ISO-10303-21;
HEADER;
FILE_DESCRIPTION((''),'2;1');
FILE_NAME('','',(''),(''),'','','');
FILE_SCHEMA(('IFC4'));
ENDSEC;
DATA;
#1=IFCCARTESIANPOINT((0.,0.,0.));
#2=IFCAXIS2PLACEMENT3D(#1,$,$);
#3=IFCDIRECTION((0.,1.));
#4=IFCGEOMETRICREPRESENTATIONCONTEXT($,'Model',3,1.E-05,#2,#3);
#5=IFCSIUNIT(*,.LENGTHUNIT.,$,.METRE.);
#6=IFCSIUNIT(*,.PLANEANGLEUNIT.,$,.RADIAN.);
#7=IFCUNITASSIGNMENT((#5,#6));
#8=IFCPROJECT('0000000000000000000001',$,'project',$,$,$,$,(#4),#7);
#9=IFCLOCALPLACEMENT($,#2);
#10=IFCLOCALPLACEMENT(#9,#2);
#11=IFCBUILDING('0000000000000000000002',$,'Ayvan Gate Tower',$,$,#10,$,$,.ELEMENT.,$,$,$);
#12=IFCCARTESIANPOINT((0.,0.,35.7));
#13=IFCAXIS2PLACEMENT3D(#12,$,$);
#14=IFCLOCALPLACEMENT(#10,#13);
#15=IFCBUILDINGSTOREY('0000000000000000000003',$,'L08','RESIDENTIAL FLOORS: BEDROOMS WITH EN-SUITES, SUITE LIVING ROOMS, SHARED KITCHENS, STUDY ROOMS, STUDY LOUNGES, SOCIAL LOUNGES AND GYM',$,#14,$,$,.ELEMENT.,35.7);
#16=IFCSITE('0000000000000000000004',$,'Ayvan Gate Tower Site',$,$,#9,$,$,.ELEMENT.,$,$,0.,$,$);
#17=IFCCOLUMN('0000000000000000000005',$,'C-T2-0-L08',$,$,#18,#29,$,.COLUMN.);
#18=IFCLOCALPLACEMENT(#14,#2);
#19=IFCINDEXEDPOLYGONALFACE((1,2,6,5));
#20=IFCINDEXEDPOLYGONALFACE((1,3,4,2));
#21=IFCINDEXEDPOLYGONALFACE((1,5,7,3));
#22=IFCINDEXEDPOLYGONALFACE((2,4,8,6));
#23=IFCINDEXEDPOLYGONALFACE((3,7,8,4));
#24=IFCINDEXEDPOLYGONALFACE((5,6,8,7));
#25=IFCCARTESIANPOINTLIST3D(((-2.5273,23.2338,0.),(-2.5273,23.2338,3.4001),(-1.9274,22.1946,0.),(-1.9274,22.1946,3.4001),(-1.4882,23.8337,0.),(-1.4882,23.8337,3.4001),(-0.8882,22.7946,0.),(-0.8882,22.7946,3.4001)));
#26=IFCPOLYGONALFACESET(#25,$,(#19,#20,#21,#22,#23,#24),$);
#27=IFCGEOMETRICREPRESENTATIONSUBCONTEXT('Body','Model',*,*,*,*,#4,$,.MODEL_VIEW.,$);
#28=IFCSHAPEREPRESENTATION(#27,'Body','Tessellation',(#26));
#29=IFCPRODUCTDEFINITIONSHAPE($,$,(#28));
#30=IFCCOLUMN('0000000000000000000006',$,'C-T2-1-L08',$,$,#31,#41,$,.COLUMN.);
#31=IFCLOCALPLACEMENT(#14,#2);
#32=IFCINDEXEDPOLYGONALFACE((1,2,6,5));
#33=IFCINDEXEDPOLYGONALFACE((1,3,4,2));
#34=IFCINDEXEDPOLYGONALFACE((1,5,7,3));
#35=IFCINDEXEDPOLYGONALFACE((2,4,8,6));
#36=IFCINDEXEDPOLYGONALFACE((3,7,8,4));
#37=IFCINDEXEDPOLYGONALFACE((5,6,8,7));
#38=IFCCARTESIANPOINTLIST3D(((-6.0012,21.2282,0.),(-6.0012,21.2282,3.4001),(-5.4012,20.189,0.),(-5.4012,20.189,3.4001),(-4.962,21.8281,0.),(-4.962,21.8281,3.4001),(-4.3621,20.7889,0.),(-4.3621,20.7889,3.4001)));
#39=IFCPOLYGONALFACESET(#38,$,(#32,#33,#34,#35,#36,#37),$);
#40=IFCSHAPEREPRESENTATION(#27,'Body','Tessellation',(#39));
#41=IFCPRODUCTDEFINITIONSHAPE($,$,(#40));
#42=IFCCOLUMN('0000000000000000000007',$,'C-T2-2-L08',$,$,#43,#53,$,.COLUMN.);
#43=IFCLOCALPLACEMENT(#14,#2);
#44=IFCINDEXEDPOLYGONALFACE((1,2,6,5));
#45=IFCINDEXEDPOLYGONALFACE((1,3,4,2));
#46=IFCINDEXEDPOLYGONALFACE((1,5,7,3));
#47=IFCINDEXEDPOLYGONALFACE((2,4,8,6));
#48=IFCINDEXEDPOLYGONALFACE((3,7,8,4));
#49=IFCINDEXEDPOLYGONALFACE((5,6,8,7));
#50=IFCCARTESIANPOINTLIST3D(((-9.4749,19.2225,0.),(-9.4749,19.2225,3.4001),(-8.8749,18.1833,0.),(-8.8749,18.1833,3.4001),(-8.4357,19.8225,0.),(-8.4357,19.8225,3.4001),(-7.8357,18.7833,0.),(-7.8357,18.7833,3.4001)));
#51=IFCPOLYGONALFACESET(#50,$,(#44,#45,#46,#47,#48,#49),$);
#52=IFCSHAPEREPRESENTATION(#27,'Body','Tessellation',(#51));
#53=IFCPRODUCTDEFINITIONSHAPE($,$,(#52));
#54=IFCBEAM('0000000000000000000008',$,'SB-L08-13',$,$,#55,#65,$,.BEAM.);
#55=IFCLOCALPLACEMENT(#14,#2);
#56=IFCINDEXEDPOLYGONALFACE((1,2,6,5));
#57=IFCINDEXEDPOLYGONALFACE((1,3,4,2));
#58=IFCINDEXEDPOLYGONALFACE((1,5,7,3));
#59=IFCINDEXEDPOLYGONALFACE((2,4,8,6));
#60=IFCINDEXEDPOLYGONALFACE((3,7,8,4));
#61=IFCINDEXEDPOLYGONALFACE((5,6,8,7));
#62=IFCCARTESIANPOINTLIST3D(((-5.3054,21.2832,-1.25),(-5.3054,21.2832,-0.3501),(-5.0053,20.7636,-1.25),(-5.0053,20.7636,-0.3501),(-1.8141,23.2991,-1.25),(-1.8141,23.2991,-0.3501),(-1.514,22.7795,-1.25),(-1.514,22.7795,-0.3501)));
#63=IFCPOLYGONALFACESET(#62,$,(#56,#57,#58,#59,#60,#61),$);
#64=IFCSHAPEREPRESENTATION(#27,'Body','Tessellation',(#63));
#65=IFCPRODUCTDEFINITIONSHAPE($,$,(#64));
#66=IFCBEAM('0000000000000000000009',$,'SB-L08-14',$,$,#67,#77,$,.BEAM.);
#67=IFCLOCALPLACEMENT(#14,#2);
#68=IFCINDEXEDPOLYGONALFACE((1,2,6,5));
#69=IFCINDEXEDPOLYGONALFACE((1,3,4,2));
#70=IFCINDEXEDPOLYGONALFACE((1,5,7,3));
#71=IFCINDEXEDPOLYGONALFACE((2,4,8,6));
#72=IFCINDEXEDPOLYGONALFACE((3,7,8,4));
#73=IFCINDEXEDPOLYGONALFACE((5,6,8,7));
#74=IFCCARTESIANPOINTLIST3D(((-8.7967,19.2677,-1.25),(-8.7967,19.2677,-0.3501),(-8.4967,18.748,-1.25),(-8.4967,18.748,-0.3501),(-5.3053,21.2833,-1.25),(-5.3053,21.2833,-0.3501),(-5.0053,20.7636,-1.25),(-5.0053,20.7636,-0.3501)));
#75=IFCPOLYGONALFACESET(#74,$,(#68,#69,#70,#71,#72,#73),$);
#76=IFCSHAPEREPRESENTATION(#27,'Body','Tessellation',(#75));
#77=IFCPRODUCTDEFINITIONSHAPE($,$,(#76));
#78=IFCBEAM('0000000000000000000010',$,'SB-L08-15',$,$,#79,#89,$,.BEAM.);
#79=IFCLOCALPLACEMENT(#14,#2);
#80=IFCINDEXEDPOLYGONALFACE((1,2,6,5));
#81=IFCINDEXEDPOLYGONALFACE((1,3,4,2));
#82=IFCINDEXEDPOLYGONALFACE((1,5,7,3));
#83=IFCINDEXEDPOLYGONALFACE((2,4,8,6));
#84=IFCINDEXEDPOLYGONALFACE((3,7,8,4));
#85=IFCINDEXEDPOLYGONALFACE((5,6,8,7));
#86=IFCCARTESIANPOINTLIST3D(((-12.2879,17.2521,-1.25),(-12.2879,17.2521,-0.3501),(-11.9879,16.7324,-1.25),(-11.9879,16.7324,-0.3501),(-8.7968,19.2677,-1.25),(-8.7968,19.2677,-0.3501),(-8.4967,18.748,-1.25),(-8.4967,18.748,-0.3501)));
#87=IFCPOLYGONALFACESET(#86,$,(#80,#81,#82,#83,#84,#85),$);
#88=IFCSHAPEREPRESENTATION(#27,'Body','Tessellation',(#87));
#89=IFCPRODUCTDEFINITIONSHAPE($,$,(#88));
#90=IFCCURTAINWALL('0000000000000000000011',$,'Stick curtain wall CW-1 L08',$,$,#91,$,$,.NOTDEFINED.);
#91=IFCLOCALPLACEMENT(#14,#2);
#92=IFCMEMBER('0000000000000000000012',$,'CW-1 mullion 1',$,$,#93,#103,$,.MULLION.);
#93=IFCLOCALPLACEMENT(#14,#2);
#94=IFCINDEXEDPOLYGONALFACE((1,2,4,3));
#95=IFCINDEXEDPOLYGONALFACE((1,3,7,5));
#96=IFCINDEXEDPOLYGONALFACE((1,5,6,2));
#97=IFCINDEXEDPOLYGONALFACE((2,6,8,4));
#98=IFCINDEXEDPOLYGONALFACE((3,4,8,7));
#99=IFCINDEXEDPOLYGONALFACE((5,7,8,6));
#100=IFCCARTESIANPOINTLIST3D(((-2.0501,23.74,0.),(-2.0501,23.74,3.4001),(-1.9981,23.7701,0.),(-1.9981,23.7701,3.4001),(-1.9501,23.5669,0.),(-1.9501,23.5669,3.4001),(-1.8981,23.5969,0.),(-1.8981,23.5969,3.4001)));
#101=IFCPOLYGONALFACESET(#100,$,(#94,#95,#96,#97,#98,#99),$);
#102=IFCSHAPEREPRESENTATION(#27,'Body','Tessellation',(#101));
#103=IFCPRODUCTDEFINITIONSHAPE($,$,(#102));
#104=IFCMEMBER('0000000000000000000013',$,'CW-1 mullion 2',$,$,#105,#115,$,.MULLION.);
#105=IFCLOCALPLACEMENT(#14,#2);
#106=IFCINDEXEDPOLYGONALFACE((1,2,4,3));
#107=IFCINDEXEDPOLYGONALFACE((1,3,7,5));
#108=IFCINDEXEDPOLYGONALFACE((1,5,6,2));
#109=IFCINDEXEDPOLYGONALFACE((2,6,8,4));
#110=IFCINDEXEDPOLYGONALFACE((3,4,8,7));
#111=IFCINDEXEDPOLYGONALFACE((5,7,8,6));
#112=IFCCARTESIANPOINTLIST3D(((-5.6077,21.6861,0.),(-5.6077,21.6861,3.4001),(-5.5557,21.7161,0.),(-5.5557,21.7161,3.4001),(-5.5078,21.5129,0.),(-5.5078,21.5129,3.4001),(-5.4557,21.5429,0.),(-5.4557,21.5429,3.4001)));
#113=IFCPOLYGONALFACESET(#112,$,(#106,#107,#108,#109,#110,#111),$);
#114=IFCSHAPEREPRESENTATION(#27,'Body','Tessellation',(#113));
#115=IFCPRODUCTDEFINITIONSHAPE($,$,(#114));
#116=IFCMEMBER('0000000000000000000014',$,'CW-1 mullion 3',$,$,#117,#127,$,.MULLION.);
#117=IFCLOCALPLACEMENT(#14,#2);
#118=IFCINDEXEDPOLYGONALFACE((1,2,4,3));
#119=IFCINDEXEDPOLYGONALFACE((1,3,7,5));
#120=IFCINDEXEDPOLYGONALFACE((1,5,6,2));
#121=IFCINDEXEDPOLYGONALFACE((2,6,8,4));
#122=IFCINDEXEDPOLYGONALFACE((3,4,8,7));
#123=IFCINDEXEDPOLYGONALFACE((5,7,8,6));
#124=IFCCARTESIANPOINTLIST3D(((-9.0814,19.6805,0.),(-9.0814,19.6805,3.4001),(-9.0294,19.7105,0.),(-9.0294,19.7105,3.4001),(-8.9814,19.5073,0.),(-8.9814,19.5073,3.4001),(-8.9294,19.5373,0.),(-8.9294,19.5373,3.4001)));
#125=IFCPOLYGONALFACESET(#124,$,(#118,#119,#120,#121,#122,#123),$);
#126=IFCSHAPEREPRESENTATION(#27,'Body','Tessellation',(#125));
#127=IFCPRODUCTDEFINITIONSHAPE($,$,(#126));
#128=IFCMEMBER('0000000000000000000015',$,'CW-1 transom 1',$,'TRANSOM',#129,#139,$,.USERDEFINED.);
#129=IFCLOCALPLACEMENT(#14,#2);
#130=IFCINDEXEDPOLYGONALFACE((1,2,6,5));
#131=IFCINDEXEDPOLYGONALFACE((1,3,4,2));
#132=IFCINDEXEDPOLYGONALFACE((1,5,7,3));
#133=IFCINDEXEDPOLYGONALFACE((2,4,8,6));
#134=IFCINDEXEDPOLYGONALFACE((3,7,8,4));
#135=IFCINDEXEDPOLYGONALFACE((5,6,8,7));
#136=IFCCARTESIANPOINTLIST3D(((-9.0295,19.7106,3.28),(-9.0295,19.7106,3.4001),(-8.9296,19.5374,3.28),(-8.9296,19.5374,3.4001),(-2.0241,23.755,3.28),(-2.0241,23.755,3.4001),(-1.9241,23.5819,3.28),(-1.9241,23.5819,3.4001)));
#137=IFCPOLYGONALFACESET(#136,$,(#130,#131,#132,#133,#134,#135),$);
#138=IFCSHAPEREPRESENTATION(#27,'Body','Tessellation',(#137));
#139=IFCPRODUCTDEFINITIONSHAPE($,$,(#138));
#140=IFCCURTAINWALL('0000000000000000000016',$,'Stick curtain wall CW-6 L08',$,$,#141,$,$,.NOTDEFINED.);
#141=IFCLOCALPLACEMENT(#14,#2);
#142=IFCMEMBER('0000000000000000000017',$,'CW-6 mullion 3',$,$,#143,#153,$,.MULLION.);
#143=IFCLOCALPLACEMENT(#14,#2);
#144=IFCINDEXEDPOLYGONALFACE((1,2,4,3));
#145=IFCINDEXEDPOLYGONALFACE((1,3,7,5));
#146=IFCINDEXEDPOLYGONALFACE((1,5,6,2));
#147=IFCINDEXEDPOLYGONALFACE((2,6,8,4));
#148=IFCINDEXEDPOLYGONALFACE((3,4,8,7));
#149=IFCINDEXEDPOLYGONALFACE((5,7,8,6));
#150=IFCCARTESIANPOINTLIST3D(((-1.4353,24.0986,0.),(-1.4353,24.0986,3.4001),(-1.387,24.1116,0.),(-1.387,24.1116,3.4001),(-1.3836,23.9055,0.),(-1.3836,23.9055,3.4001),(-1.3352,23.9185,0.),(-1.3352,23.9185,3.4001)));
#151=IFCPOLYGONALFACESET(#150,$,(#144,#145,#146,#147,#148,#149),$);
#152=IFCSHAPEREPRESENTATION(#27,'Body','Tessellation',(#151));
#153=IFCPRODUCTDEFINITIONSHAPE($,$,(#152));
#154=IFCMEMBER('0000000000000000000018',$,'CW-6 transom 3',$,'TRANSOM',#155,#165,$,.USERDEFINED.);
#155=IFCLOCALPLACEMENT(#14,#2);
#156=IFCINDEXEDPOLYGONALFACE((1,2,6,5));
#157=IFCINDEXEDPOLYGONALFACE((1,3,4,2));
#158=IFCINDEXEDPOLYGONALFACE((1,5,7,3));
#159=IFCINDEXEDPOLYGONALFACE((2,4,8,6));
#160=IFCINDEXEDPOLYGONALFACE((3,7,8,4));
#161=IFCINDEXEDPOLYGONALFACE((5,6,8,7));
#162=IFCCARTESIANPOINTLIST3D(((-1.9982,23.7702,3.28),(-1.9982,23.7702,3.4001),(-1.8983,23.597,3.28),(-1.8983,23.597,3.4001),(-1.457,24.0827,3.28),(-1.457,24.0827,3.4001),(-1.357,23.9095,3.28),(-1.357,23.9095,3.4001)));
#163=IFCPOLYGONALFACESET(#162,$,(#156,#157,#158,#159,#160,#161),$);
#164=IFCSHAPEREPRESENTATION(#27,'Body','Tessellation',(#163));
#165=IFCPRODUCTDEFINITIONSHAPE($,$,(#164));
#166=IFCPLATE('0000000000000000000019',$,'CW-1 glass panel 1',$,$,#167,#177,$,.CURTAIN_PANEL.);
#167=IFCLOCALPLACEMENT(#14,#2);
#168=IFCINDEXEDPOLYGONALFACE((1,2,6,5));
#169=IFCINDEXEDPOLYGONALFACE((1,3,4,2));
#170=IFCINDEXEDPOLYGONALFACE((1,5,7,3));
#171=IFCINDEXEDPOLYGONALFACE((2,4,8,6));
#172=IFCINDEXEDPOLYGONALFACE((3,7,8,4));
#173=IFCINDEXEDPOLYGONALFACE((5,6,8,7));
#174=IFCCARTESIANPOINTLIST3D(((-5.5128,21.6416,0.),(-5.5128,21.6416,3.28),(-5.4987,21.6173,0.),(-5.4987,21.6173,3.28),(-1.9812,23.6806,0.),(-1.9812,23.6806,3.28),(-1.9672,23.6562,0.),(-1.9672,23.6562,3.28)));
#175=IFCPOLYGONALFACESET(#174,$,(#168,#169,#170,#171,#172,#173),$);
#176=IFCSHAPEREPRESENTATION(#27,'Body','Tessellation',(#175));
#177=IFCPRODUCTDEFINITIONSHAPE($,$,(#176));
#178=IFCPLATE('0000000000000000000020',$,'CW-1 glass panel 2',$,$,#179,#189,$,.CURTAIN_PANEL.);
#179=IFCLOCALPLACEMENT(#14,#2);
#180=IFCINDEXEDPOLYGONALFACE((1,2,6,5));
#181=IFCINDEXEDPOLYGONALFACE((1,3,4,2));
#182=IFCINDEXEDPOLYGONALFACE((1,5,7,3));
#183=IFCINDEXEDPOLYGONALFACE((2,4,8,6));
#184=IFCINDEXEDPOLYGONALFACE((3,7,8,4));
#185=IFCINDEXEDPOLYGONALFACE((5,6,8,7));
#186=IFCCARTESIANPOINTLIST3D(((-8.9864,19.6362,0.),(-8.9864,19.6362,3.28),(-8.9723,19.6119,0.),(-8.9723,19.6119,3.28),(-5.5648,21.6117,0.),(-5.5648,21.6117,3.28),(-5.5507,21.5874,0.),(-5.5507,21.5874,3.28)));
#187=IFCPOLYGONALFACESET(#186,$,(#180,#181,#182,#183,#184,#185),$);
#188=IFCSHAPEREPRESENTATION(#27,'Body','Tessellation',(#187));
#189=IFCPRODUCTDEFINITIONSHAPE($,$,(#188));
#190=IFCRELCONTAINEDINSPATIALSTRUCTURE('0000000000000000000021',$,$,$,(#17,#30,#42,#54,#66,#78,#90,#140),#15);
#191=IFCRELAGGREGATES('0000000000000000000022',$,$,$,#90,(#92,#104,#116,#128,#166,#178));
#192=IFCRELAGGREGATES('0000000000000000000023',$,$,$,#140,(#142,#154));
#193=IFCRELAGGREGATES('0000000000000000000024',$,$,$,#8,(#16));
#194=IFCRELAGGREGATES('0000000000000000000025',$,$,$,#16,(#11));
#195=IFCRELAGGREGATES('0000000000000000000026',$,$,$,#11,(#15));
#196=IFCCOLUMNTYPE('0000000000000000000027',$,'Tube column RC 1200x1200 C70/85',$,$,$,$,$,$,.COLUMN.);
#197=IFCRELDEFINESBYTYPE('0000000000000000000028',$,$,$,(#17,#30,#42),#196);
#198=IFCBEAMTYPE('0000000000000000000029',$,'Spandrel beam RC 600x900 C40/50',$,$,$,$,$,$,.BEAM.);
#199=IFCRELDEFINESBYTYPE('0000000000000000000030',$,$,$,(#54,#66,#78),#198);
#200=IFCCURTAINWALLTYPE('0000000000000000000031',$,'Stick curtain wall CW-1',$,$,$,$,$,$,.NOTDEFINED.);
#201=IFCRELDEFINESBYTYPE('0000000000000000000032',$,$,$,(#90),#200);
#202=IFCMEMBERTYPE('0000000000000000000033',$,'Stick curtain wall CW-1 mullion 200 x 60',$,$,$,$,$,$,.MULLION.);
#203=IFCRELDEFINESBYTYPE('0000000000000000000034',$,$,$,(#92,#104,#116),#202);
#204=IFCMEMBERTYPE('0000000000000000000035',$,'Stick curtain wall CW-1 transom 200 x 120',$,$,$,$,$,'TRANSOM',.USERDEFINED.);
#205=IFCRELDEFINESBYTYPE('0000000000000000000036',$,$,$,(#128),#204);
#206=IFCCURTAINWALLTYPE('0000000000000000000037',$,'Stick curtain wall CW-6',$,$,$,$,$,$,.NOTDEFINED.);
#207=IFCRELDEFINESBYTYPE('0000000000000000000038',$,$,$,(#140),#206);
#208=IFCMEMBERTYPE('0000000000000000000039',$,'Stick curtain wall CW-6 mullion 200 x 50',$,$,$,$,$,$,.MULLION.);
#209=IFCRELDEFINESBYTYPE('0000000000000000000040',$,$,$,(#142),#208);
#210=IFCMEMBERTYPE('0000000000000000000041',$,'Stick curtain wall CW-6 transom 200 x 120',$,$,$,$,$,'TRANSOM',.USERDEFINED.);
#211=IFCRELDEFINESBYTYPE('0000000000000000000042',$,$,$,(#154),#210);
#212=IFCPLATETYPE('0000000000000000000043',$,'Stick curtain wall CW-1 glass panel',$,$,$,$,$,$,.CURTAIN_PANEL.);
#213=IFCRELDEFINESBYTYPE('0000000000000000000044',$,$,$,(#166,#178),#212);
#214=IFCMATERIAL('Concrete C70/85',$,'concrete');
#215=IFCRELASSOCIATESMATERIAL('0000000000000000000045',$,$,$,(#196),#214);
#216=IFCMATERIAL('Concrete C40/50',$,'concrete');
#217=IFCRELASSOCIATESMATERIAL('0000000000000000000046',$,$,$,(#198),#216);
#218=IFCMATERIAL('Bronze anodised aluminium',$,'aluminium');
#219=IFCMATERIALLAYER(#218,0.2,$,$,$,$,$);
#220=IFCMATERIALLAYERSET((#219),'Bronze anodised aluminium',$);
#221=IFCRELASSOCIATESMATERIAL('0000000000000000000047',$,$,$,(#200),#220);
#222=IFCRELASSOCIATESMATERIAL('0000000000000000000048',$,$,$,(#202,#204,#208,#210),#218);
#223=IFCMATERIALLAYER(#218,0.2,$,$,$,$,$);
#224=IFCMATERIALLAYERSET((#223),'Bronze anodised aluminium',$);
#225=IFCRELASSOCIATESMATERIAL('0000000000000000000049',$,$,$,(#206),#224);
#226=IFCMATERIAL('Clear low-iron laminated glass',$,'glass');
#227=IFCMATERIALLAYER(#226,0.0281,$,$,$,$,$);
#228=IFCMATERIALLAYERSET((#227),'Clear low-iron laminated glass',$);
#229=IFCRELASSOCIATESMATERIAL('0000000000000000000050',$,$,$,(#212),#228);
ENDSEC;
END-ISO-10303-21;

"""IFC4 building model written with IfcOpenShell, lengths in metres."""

from ifc_helpers import new_model, si_unit, direction, frame, origin, origin_2d, place, context, subcontext, project, spatial, rectangle, extrude, material, layer, layer_set, material_profile, profile_set, type_object, element, aggregate, save


model = new_model("IFC4")

# Units and contexts
model_context = context("Model", 3, precision=1e-05, world=origin(), true_north=direction((0.0, 1.0)))
body_context = subcontext(model_context, "Body", "Model", "MODEL_VIEW")
ifc_project = project(units=[si_unit("LENGTHUNIT", "METRE"), si_unit("PLANEANGLEUNIT", "RADIAN")], contexts=[model_context])

# Site, building, storey
site_placement = place(None, origin())
site = spatial("IfcSite", under=ifc_project, at=site_placement, Name="Ayvan Gate Tower Site", CompositionType="ELEMENT", RefElevation=0.0)
building_placement = place(site_placement, origin())
building = spatial("IfcBuilding", under=site, at=building_placement, Name="Ayvan Gate Tower", CompositionType="ELEMENT")
storey_placement = place(building_placement, frame((0.0, 0.0, 35.7)))
storey = spatial("IfcBuildingStorey", under=building, at=storey_placement, Name="L08", Description="RESIDENTIAL FLOORS: BEDROOMS WITH EN-SUITES, SUITE LIVING ROOMS, SHARED KITCHENS, STUDY ROOMS, STUDY LOUNGES, SOCIAL LOUNGES AND GYM", CompositionType="ELEMENT", Elevation=35.7)

# Columns
ifc_material_1 = material(Name="Concrete C70/85", Category="concrete")
ifc_material_profile_1 = material_profile(ifc_material_1, rectangle(XDim=1.2, YDim=1.2, at=origin_2d()), Name="RC 1200x1200")
ifc_profile_set_1 = profile_set([ifc_material_profile_1], Name="Concrete C70/85")
column_type = type_object("IfcColumnType", Name="Tube column RC 1200x1200 C70/85", PredefinedType="COLUMN", material=ifc_profile_set_1)
for number, where, z_axis, x_axis, name in (
    (1, (-1.7078, 23.0142, 0.0), (0.0, 0.0, 1.0), (-0.5, 0.866025, 0.0), "C-T2-0-L08"),
    (2, (-5.1816, 21.0085, 0.0), (0.0, 0.0, 1.0), (-0.5, 0.866025, 0.0), "C-T2-1-L08"),
    (3, (-8.6553, 19.0029, 0.0), (0.0, 0.0, 1.0), (-0.5, 0.866025, 0.0), "C-T2-2-L08"),
):
    element("IfcColumn", number, at=place(storey_placement, frame(where, z_axis=z_axis, x_axis=x_axis)), inside=storey, type_object=column_type, Name=name, PredefinedType="COLUMN", context=body_context, shape_type="SweptSolid", body=[
        extrude(rectangle(XDim=1.2, YDim=1.2, at=origin_2d()), origin(), (0.0, 0.0, 1.0), 3.4001),
    ])

# Beams
ifc_material_2 = material(Name="Concrete C40/50", Category="concrete")
ifc_material_profile_2 = material_profile(ifc_material_2, rectangle(XDim=0.6001, YDim=0.8999, at=origin_2d()), Name="RC 600x900")
ifc_profile_set_2 = profile_set([ifc_material_profile_2], Name="Concrete C40/50")
beam_type = type_object("IfcBeamType", Name="Spandrel beam RC 600x900 C40/50", PredefinedType="BEAM", material=ifc_profile_set_2)
for number, where, z_axis, x_axis, name in (
    (4, (-1.6641, 23.0393, -0.8), (-0.866002, -0.50004, 0.0), (0.50004, -0.866002, 0.0), "SB-L08-13"),
    (5, (-5.1553, 21.0234, -0.8), (-0.866043, -0.499969, 0.0), (0.499969, -0.866043, 0.0), "SB-L08-14"),
):
    element("IfcBeam", number, at=place(storey_placement, frame(where, z_axis=z_axis, x_axis=x_axis)), inside=storey, type_object=beam_type, Name=name, PredefinedType="BEAM", context=body_context, shape_type="SweptSolid", body=[
        extrude(rectangle(XDim=0.6001, YDim=0.8999, at=origin_2d()), origin(), (0.0, 0.0, 1.0), 4.0315),
    ])
beam_placement = place(storey_placement, frame((-8.6467, 19.0078, -0.8), z_axis=(-0.866028, -0.499995, 0.0), x_axis=(0.499995, -0.866028, 0.0)))
element("IfcBeam", 6, at=beam_placement, inside=storey, type_object=beam_type, Name="SB-L08-15", PredefinedType="BEAM", context=body_context, shape_type="SweptSolid", body=[
    extrude(rectangle(XDim=0.6001, YDim=0.8999, at=origin_2d()), origin(), (0.0, 0.0, 1.0), 4.0312),
])

# Curtain walls, members
ifc_material_3 = material(Name="Bronze anodised aluminium", Category="aluminium")
ifc_layer_1 = layer(ifc_material_3, 0.2)
ifc_layer_set_1 = layer_set([ifc_layer_1], Name="Bronze anodised aluminium")
curtain_wall_type_1 = type_object("IfcCurtainWallType", Name="Stick curtain wall CW-1", PredefinedType="NOTDEFINED", material=ifc_layer_set_1)
curtain_wall_1_placement = place(storey_placement, origin())
curtain_wall_1 = element("IfcCurtainWall", 7, at=curtain_wall_1_placement, inside=storey, type_object=curtain_wall_type_1, Name="Stick curtain wall CW-1 L08", PredefinedType="NOTDEFINED")
ifc_material_profile_3 = material_profile(ifc_material_3, rectangle(XDim=0.2, YDim=0.0601, at=origin_2d()), Name="Stick curtain wall CW-1 mullion 200 x 60")
ifc_profile_set_3 = profile_set([ifc_material_profile_3], Name="Bronze anodised aluminium")
member_type_1 = type_object("IfcMemberType", Name="Stick curtain wall CW-1 mullion 200 x 60", PredefinedType="MULLION", material=ifc_profile_set_3)
member_1_placement = place(storey_placement, frame((-1.9741, 23.6685, 0.0), z_axis=(0.0, 0.0, 1.0), x_axis=(-0.5, 0.866025, 0.0)))
member_1 = element("IfcMember", 8, at=member_1_placement, type_object=member_type_1, Name="CW-1 mullion 1", PredefinedType="MULLION", context=body_context, shape_type="SweptSolid", body=[
    extrude(rectangle(XDim=0.2, YDim=0.0601, at=origin_2d()), origin(), (0.0, 0.0, 1.0), 3.4001),
])
member_2_placement = place(storey_placement, frame((-5.5317, 21.6145, 0.0), z_axis=(0.0, 0.0, 1.0), x_axis=(-0.5, 0.866025, 0.0)))
member_2 = element("IfcMember", 9, at=member_2_placement, type_object=member_type_1, Name="CW-1 mullion 2", PredefinedType="MULLION", context=body_context, shape_type="SweptSolid", body=[
    extrude(rectangle(XDim=0.2, YDim=0.0601, at=origin_2d()), origin(), (0.0, 0.0, 1.0), 3.4001),
])
member_3_placement = place(storey_placement, frame((-9.0054, 19.6089, 0.0), z_axis=(0.0, 0.0, 1.0), x_axis=(-0.5, 0.866025, 0.0)))
member_3 = element("IfcMember", 10, at=member_3_placement, type_object=member_type_1, Name="CW-1 mullion 3", PredefinedType="MULLION", context=body_context, shape_type="SweptSolid", body=[
    extrude(rectangle(XDim=0.2, YDim=0.0601, at=origin_2d()), origin(), (0.0, 0.0, 1.0), 3.4001),
])
ifc_material_profile_4 = material_profile(ifc_material_3, rectangle(XDim=0.2, YDim=0.1201, at=origin_2d()), Name="Stick curtain wall CW-1 transom 200 x 120")
ifc_profile_set_4 = profile_set([ifc_material_profile_4], Name="Bronze anodised aluminium")
member_type_2 = type_object("IfcMemberType", Name="Stick curtain wall CW-1 transom 200 x 120", ElementType="TRANSOM", PredefinedType="USERDEFINED", material=ifc_profile_set_4)
member_4_placement = place(storey_placement, frame((-1.9741, 23.6685, 3.3401), z_axis=(-0.866032, -0.499989, 0.0), x_axis=(0.499989, -0.866032, 0.0)))
member_4 = element("IfcMember", 11, at=member_4_placement, type_object=member_type_2, Name="CW-1 transom 1", ObjectType="TRANSOM", PredefinedType="USERDEFINED", context=body_context, shape_type="SweptSolid", body=[
    extrude(rectangle(XDim=0.2, YDim=0.1201, at=origin_2d()), origin(), (0.0, 0.0, 1.0), 8.0891),
])
ifc_layer_2 = layer(ifc_material_3, 0.2)
ifc_layer_set_2 = layer_set([ifc_layer_2], Name="Bronze anodised aluminium")
curtain_wall_type_2 = type_object("IfcCurtainWallType", Name="Stick curtain wall CW-6", PredefinedType="NOTDEFINED", material=ifc_layer_set_2)
curtain_wall_2_placement = place(storey_placement, origin())
curtain_wall_2 = element("IfcCurtainWall", 12, at=curtain_wall_2_placement, inside=storey, type_object=curtain_wall_type_2, Name="Stick curtain wall CW-6 L08", PredefinedType="NOTDEFINED")
ifc_material_profile_5 = material_profile(ifc_material_3, rectangle(XDim=0.2, YDim=0.05, at=origin_2d()), Name="Stick curtain wall CW-6 mullion 200 x 50")
ifc_profile_set_5 = profile_set([ifc_material_profile_5], Name="Bronze anodised aluminium")
member_type_3 = type_object("IfcMemberType", Name="Stick curtain wall CW-6 mullion 200 x 50", PredefinedType="MULLION", material=ifc_profile_set_5)
member_5_placement = place(storey_placement, frame((-1.3853, 24.0085, 0.0), z_axis=(0.0, 0.0, 1.0), x_axis=(-0.258819, 0.965926, 0.0)))
member_5 = element("IfcMember", 13, at=member_5_placement, type_object=member_type_3, Name="CW-6 mullion 3", PredefinedType="MULLION", context=body_context, shape_type="SweptSolid", body=[
    extrude(rectangle(XDim=0.2, YDim=0.05, at=origin_2d()), origin(), (0.0, 0.0, 1.0), 3.4001),
])
ifc_material_profile_6 = material_profile(ifc_material_3, rectangle(XDim=0.2, YDim=0.1201, at=origin_2d()), Name="Stick curtain wall CW-6 transom 200 x 120")
ifc_profile_set_6 = profile_set([ifc_material_profile_6], Name="Bronze anodised aluminium")
member_type_4 = type_object("IfcMemberType", Name="Stick curtain wall CW-6 transom 200 x 120", ElementType="TRANSOM", PredefinedType="USERDEFINED", material=ifc_profile_set_6)
member_6_placement = place(storey_placement, frame((-1.407, 23.9961, 3.3401), z_axis=(-0.866023, -0.500004, 0.0), x_axis=(0.500004, -0.866023, 0.0)))
member_6 = element("IfcMember", 14, at=member_6_placement, type_object=member_type_4, Name="CW-6 transom 3", ObjectType="TRANSOM", PredefinedType="USERDEFINED", context=body_context, shape_type="SweptSolid", body=[
    extrude(rectangle(XDim=0.2, YDim=0.1201, at=origin_2d()), origin(), (0.0, 0.0, 1.0), 0.625),
])

# Plates
ifc_material_4 = material(Name="Clear low-iron laminated glass", Category="glass")
ifc_layer_3 = layer(ifc_material_4, 0.0281)
ifc_layer_set_3 = layer_set([ifc_layer_3], Name="Clear low-iron laminated glass")
plate_type_1 = type_object("IfcPlateType", Name="Stick curtain wall CW-1 glass panel", PredefinedType="CURTAIN_PANEL", material=ifc_layer_set_3)
plate_1_placement = place(storey_placement, frame((-3.74, 22.6489, 0.0), z_axis=(0.0, 0.0, 1.0), x_axis=(-0.866025, -0.5, 0.0)))
plate_1 = element("IfcPlate", 15, at=plate_1_placement, type_object=plate_type_1, Name="CW-1 glass panel 1", PredefinedType="CURTAIN_PANEL", context=body_context, shape_type="SweptSolid", body=[
    extrude(rectangle(XDim=4.0779, YDim=0.0281, at=origin_2d()), origin(), (0.0, 0.0, 1.0), 3.28),
])
plate_2_placement = place(storey_placement, frame((-7.2686, 20.6118, 0.0), z_axis=(0.0, 0.0, 1.0), x_axis=(-0.866025, -0.5, 0.0)))
plate_2 = element("IfcPlate", 16, at=plate_2_placement, type_object=plate_type_1, Name="CW-1 glass panel 2", PredefinedType="CURTAIN_PANEL", context=body_context, shape_type="SweptSolid", body=[
    extrude(rectangle(XDim=3.9509, YDim=0.0281, at=origin_2d()), origin(), (0.0, 0.0, 1.0), 3.28),
])
aggregate(curtain_wall_1, [member_1, member_2, member_3, member_4, plate_1, plate_2])
aggregate(curtain_wall_2, [member_5, member_6])

save(model, "model.ifc")
